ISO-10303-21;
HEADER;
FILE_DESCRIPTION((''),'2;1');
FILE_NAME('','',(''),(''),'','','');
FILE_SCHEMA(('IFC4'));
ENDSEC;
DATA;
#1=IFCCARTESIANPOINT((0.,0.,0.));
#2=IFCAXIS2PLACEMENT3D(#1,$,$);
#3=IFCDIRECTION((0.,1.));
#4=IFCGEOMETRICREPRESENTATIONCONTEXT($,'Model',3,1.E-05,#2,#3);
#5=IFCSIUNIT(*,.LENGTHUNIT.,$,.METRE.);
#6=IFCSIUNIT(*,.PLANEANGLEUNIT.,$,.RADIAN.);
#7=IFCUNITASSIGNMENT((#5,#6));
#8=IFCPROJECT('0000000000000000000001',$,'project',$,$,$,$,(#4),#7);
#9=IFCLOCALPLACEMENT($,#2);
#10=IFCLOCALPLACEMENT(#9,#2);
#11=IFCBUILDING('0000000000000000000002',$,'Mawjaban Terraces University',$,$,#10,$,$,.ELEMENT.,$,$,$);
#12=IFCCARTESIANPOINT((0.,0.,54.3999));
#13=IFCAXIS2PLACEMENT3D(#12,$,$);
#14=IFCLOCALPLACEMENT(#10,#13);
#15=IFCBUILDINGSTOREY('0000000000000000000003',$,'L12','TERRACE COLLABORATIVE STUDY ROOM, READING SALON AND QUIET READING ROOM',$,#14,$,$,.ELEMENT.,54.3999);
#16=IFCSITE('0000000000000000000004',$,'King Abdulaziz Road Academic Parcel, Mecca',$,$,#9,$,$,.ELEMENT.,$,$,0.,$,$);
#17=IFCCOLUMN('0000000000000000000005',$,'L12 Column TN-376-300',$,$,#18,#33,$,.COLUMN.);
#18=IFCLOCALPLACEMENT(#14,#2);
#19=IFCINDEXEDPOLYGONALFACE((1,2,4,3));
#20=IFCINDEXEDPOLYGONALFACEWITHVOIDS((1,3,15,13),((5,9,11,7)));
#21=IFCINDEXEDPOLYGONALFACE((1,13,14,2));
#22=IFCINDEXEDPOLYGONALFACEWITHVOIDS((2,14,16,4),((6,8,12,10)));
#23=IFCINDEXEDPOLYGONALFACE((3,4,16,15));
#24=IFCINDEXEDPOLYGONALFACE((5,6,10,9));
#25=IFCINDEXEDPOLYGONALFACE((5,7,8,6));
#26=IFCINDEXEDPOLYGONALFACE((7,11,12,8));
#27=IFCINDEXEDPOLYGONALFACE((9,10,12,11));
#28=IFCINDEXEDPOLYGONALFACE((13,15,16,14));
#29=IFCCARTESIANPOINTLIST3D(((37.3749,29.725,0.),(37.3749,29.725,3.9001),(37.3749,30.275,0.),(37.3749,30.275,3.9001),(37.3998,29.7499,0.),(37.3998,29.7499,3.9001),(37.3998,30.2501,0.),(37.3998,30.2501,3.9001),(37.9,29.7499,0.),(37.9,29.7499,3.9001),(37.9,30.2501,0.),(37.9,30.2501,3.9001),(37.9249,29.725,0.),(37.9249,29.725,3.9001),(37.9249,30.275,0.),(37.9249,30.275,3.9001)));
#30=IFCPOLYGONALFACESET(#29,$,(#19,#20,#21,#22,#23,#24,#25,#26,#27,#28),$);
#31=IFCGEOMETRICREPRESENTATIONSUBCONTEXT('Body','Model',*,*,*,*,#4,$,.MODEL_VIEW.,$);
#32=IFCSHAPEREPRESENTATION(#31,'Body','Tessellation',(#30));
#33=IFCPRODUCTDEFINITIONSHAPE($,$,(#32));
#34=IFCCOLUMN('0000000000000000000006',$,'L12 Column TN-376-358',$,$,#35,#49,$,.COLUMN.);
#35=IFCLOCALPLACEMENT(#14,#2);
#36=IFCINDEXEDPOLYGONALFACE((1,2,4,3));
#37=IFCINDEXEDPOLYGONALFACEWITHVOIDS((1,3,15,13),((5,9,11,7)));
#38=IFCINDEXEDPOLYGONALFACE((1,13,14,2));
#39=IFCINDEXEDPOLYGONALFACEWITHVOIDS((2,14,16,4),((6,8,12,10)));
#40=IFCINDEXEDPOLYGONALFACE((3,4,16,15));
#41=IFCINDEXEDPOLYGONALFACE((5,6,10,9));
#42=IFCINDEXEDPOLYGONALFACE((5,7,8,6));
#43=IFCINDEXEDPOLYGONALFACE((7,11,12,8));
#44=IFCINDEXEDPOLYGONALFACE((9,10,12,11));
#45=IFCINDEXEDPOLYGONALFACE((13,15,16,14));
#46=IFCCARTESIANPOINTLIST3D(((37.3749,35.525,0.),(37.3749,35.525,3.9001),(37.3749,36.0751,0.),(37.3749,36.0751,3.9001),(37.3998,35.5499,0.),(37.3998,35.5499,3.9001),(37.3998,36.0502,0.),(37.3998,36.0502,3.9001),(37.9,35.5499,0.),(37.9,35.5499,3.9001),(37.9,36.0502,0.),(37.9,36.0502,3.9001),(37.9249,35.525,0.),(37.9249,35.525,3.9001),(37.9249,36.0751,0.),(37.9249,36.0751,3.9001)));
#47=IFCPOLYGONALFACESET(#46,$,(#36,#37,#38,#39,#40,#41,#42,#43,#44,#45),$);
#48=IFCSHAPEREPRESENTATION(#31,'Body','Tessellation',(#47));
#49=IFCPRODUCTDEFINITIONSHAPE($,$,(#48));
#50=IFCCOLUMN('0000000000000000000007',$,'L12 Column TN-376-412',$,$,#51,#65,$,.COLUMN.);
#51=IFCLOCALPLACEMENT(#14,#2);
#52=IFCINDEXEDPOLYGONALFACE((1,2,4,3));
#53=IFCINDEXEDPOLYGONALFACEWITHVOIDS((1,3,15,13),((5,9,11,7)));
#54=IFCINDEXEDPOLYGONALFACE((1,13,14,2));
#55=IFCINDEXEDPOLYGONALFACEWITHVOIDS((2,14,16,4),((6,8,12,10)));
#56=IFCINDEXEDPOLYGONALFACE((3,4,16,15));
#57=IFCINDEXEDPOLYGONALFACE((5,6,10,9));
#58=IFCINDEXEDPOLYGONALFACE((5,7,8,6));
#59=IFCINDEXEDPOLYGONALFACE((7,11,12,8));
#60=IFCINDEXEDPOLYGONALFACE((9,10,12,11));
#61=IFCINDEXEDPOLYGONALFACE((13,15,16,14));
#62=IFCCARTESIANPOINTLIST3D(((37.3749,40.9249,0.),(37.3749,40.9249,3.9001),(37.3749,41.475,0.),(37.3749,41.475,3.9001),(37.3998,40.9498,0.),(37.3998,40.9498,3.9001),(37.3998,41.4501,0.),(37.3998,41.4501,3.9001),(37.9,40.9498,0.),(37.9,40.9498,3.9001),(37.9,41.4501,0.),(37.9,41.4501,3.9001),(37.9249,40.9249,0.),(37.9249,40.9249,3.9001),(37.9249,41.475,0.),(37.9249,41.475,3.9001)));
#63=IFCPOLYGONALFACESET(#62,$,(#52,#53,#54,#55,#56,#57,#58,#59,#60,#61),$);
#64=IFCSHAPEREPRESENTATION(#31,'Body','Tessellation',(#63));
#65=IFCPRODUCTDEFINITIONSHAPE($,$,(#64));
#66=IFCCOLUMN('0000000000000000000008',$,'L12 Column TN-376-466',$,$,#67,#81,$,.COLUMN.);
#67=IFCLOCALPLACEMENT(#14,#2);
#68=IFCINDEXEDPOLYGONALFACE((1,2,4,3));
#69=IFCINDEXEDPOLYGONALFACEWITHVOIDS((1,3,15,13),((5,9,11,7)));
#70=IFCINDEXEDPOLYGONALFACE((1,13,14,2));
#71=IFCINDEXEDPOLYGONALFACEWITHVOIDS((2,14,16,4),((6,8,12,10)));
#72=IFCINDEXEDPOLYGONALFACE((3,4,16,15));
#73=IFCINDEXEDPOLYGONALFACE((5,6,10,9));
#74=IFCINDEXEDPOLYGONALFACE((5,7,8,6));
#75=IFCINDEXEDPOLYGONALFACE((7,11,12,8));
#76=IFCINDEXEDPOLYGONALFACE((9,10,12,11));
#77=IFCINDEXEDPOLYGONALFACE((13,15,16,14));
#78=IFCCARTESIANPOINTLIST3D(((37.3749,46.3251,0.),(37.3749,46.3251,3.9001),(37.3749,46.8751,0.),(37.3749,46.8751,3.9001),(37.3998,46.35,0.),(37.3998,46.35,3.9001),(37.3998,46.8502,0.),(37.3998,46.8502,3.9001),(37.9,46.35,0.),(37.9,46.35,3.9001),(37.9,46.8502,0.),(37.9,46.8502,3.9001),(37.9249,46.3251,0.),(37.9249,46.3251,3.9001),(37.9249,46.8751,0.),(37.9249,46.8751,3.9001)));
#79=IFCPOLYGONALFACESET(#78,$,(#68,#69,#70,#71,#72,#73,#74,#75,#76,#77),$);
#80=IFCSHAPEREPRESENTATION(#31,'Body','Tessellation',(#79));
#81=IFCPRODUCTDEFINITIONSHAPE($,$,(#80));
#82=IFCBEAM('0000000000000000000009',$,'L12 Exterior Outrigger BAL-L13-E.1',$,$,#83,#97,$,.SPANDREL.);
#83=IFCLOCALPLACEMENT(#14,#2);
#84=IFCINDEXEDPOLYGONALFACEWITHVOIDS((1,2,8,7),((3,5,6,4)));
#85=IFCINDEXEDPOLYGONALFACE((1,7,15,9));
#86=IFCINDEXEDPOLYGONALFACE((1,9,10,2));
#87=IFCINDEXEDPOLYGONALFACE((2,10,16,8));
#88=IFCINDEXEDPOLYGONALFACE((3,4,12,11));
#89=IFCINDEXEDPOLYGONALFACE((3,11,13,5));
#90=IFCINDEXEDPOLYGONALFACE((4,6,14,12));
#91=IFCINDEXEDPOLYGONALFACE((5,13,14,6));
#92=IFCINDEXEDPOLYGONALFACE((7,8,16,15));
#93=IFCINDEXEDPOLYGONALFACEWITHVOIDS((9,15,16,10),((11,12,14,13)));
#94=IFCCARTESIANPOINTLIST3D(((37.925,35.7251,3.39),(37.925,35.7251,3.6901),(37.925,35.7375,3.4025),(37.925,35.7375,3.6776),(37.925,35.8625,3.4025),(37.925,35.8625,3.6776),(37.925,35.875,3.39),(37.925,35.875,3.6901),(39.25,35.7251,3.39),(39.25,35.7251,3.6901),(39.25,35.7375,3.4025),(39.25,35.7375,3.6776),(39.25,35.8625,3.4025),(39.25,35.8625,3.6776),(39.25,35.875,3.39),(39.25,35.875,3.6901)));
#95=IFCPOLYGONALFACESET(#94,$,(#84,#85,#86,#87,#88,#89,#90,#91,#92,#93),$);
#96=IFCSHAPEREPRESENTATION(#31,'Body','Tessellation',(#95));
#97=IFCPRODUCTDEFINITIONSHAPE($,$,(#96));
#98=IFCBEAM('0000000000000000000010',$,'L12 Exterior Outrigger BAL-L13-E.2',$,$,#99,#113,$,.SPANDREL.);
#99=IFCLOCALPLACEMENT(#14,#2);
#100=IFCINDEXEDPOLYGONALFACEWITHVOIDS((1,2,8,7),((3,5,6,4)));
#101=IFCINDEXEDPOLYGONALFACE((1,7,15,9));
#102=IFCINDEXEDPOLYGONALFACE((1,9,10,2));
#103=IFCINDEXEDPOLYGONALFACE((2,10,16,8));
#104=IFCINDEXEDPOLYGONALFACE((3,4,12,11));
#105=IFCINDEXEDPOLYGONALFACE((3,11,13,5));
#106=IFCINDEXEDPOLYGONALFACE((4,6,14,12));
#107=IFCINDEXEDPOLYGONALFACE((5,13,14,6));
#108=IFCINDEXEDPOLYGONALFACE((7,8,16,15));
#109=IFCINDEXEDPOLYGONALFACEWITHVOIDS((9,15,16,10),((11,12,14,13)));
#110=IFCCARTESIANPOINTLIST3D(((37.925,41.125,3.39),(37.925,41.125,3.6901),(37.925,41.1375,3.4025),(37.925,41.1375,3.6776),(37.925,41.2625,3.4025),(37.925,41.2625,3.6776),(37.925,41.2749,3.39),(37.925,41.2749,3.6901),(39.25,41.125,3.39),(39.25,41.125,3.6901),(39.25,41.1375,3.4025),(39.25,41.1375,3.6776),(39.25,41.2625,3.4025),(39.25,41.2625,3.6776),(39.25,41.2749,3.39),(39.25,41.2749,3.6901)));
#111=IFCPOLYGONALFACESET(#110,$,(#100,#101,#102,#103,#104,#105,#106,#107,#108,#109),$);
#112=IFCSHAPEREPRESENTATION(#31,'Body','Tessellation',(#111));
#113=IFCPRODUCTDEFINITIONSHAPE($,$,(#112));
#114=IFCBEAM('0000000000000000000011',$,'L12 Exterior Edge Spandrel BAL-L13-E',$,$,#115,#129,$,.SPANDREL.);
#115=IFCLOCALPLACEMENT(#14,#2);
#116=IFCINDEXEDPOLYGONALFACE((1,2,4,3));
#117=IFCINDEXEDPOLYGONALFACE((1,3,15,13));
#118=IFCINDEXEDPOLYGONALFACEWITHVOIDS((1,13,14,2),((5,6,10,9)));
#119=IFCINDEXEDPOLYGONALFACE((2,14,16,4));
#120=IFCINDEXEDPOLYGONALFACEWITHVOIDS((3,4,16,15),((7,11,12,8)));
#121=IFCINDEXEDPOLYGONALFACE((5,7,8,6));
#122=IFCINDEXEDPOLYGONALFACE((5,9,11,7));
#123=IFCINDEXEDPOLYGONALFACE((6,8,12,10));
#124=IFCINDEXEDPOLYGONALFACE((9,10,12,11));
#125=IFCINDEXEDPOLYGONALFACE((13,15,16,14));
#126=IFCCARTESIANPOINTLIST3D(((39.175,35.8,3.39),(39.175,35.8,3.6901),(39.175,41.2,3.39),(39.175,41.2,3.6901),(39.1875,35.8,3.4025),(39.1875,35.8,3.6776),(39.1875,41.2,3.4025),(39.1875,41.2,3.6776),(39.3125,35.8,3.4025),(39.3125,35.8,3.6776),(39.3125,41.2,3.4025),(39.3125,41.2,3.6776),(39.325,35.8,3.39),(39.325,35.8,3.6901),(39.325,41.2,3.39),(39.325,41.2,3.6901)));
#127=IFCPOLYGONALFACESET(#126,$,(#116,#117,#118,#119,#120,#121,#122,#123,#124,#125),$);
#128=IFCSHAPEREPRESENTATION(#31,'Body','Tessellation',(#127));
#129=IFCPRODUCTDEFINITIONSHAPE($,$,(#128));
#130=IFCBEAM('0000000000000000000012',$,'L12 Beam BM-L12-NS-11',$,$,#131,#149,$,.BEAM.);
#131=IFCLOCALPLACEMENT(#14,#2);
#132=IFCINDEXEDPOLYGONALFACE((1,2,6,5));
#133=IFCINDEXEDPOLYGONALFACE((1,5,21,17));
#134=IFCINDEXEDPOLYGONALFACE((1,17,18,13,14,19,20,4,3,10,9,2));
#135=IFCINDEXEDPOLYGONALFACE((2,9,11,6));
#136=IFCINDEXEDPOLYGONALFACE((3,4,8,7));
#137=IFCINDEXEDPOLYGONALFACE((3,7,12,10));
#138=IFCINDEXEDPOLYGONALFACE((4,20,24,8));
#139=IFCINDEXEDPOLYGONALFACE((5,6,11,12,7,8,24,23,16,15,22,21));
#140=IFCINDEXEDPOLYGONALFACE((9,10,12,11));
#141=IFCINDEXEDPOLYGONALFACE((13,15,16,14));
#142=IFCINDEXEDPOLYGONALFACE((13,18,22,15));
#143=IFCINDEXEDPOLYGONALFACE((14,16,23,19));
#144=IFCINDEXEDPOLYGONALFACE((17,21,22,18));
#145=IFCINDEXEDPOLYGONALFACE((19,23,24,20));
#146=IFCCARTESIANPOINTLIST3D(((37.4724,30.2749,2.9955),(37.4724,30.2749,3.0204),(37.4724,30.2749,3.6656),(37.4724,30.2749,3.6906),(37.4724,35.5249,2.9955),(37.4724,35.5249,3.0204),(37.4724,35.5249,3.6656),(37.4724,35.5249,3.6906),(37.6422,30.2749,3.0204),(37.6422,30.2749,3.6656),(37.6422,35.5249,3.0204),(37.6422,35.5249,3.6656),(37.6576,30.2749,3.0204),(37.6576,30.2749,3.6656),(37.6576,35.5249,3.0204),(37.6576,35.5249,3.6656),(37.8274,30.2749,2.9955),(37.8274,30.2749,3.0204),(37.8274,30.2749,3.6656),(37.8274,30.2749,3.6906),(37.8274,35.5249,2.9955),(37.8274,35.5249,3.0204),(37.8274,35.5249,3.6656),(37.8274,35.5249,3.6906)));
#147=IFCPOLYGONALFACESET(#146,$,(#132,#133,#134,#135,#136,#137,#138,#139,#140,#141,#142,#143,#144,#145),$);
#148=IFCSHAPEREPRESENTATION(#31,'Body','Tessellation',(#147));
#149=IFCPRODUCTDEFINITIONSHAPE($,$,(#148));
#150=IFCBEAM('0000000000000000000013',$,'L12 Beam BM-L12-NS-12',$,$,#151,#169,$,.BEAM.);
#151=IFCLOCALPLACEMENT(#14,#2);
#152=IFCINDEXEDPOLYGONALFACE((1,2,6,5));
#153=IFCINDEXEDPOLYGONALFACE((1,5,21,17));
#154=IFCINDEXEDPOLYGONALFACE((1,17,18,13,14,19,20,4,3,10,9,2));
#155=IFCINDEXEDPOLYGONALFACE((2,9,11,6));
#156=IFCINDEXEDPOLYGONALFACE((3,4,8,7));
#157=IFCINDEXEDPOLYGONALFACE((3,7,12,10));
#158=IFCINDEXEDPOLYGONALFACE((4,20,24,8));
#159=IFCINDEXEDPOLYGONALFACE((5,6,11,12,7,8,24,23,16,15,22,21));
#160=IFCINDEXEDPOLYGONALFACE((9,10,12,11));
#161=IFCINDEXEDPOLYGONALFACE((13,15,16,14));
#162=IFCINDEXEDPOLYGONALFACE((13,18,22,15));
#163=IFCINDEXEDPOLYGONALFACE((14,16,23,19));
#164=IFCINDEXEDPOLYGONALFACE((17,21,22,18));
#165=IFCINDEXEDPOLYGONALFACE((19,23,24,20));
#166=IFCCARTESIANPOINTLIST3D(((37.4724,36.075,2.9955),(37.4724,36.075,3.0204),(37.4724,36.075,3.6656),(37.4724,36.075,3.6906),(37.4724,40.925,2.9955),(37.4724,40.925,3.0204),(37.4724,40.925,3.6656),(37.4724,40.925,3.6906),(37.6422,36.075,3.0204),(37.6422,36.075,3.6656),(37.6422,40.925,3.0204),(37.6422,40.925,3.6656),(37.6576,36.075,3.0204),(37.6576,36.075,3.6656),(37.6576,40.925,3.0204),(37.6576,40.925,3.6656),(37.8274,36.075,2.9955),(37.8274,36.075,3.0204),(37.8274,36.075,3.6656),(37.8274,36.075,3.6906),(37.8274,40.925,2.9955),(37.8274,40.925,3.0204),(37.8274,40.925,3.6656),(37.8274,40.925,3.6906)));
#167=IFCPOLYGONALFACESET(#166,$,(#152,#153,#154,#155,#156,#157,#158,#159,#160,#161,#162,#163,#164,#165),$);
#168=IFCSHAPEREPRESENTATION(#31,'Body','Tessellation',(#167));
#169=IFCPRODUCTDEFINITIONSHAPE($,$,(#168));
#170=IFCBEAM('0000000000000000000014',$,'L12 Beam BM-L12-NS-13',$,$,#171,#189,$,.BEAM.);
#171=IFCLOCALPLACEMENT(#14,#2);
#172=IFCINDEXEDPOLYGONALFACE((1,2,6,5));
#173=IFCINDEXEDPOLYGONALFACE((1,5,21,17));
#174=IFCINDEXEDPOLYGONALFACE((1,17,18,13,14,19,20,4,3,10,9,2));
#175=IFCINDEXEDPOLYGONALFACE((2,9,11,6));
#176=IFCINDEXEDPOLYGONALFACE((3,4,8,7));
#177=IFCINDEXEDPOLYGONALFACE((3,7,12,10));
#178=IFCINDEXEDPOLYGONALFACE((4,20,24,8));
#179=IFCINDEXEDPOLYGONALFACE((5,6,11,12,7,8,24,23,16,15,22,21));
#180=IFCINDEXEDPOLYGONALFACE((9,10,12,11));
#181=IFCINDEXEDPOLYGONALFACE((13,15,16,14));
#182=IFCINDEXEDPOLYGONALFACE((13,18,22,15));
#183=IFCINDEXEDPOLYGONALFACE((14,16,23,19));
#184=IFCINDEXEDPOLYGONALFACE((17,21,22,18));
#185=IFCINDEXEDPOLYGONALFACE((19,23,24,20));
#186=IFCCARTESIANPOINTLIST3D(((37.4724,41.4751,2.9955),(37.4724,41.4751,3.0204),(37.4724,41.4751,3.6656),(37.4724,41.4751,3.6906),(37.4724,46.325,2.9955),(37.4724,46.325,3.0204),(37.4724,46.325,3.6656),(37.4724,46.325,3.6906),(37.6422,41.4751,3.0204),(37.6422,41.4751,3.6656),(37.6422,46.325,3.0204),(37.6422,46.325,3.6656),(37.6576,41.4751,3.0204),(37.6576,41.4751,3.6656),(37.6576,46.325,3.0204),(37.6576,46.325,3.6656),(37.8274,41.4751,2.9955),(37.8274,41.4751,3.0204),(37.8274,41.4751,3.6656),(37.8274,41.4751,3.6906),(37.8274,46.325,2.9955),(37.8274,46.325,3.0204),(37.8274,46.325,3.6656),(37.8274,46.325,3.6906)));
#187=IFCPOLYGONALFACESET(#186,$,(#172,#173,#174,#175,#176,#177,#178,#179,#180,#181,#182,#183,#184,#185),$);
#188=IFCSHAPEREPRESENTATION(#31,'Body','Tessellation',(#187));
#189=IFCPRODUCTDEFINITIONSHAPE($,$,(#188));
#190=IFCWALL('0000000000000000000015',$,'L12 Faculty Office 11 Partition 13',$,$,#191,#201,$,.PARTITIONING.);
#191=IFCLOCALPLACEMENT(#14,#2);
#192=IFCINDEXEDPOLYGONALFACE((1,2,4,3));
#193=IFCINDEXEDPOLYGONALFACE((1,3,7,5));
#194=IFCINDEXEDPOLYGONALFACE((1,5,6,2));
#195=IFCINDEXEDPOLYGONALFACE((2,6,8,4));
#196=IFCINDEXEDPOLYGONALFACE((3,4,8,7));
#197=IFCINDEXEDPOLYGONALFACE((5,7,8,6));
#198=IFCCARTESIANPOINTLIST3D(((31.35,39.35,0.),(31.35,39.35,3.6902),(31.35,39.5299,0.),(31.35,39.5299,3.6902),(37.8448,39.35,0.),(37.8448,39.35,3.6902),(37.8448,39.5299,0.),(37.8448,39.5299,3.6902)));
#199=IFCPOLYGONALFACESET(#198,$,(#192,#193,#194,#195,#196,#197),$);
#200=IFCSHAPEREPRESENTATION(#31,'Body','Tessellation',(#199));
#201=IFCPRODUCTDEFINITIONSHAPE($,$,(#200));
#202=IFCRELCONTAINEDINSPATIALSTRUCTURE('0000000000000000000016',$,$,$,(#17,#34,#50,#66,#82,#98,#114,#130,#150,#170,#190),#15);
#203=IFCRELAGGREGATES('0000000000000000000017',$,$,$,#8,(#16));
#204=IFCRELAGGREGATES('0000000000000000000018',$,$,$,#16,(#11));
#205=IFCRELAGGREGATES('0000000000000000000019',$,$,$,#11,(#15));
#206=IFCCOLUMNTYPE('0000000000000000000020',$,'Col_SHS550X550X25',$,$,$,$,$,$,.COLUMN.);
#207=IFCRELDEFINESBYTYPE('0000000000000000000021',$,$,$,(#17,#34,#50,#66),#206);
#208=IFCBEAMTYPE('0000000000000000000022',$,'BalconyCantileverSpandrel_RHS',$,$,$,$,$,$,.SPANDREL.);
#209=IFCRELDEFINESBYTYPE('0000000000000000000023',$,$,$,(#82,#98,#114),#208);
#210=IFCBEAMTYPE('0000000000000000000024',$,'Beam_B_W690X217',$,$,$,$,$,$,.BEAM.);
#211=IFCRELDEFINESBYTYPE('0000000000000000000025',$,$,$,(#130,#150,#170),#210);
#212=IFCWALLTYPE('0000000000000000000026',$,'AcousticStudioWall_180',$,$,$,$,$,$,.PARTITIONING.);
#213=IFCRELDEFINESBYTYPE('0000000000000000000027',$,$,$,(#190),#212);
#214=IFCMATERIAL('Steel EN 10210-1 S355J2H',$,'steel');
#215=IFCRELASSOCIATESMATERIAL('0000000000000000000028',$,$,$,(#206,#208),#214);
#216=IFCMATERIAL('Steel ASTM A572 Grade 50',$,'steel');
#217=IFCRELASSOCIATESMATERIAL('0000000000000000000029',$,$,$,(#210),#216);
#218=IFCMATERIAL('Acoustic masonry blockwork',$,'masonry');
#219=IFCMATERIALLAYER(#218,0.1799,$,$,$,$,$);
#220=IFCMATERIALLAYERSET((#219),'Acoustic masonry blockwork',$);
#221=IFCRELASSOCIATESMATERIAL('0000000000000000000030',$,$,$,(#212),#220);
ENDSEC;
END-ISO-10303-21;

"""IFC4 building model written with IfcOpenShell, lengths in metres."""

from ifc_helpers import new_model, si_unit, direction, frame, frame_2d, origin, origin_2d, place, context, subcontext, project, spatial, rectangle, hollow_rectangle, i_section, extrude, material, layer, layer_set, material_profile, profile_set, type_object, element, save


model = new_model("IFC4")

# Units and contexts
model_context = context("Model", 3, precision=1e-05, world=origin(), true_north=direction((0.0, 1.0)))
body_context = subcontext(model_context, "Body", "Model", "MODEL_VIEW")
ifc_project = project(units=[si_unit("LENGTHUNIT", "METRE"), si_unit("PLANEANGLEUNIT", "RADIAN")], contexts=[model_context])

# Site, building, storey
site_placement = place(None, origin())
site = spatial("IfcSite", under=ifc_project, at=site_placement, Name="King Abdulaziz Road Academic Parcel, Mecca", CompositionType="ELEMENT", RefElevation=0.0)
building_placement = place(site_placement, origin())
building = spatial("IfcBuilding", under=site, at=building_placement, Name="Mawjaban Terraces University", CompositionType="ELEMENT")
storey_placement = place(building_placement, frame((0.0, 0.0, 54.3999)))
storey = spatial("IfcBuildingStorey", under=building, at=storey_placement, Name="L12", Description="TERRACE COLLABORATIVE STUDY ROOM, READING SALON AND QUIET READING ROOM", CompositionType="ELEMENT", Elevation=54.3999)

# Columns
ifc_material_1 = material(Name="Steel EN 10210-1 S355J2H", Category="steel")
ifc_material_profile_1 = material_profile(ifc_material_1, hollow_rectangle(XDim=0.55, YDim=0.55, WallThickness=0.0249, at=origin_2d()), Name="SHS550X550X25")
ifc_profile_set_1 = profile_set([ifc_material_profile_1], Name="Steel EN 10210-1 S355J2H")
column_type = type_object("IfcColumnType", Name="Col_SHS550X550X25", PredefinedType="COLUMN", material=ifc_profile_set_1)
for number, where, z_axis, x_axis, name in (
    (1, (37.6499, 30.0, 0.0), (0.0, 0.0, 1.0), (1.0, 0.0, 0.0), "L12 Column TN-376-300"),
    (2, (37.6499, 35.8, 0.0), (0.0, 0.0, 1.0), (1.0, 0.0, 0.0), "L12 Column TN-376-358"),
    (3, (37.6499, 41.2, 0.0), (0.0, 0.0, 1.0), (1.0, 0.0, 0.0), "L12 Column TN-376-412"),
    (4, (37.6499, 46.6001, 0.0), (0.0, 0.0, 1.0), (1.0, 0.0, 0.0), "L12 Column TN-376-466"),
):
    element("IfcColumn", number, at=place(storey_placement, frame(where, z_axis=z_axis, x_axis=x_axis)), inside=storey, type_object=column_type, Name=name, PredefinedType="COLUMN", context=body_context, shape_type="SweptSolid", body=[
        extrude(hollow_rectangle(XDim=0.55, YDim=0.55, WallThickness=0.0249, at=origin_2d()), origin(), (0.0, 0.0, 1.0), 3.9001),
    ])

# Beams
ifc_material_profile_2 = material_profile(ifc_material_1, hollow_rectangle(XDim=0.1499, YDim=0.3, WallThickness=0.0125, at=origin_2d()), Name="RHS300X150X12.5")
ifc_profile_set_2 = profile_set([ifc_material_profile_2], Name="Steel EN 10210-1 S355J2H")
beam_type_1 = type_object("IfcBeamType", Name="BalconyCantileverSpandrel_RHS", PredefinedType="SPANDREL", material=ifc_profile_set_2)
for number, where, z_axis, x_axis, name in (
    (5, (37.925, 35.8, 3.54), (1.0, 0.0, 0.0), (0.0, 1.0, 0.0), "L12 Exterior Outrigger BAL-L13-E.1"),
    (6, (37.925, 41.2, 3.54), (1.0, 0.0, 0.0), (0.0, 1.0, 0.0), "L12 Exterior Outrigger BAL-L13-E.2"),
):
    element("IfcBeam", number, at=place(storey_placement, frame(where, z_axis=z_axis, x_axis=x_axis)), inside=storey, type_object=beam_type_1, Name=name, PredefinedType="SPANDREL", context=body_context, shape_type="SweptSolid", body=[
        extrude(hollow_rectangle(XDim=0.1499, YDim=0.3, WallThickness=0.0125, at=origin_2d()), origin(), (0.0, 0.0, 1.0), 1.325),
    ])
beam_1_placement = place(storey_placement, frame((39.25, 35.8, 3.54), z_axis=(0.0, 1.0, 0.0), x_axis=(-1.0, 0.0, 0.0)))
element("IfcBeam", 7, at=beam_1_placement, inside=storey, type_object=beam_type_1, Name="L12 Exterior Edge Spandrel BAL-L13-E", PredefinedType="SPANDREL", context=body_context, shape_type="SweptSolid", body=[
    extrude(hollow_rectangle(XDim=0.1499, YDim=0.3, WallThickness=0.0125, at=origin_2d()), origin(), (0.0, 0.0, 1.0), 5.3999),
])
ifc_material_2 = material(Name="Steel ASTM A572 Grade 50", Category="steel")
ifc_material_profile_3 = material_profile(ifc_material_2, i_section(OverallWidth=0.355, OverallDepth=0.6951, WebThickness=0.0154, FlangeThickness=0.0249, at=origin_2d()), Name="W690X217")
ifc_profile_set_3 = profile_set([ifc_material_profile_3], Name="Steel ASTM A572 Grade 50")
beam_type_2 = type_object("IfcBeamType", Name="Beam_B_W690X217", PredefinedType="BEAM", material=ifc_profile_set_3)
beam_2_placement = place(storey_placement, frame((37.6499, 30.2749, 3.343), z_axis=(0.0, 1.0, 0.0), x_axis=(-1.0, 0.0, 0.0)))
element("IfcBeam", 8, at=beam_2_placement, inside=storey, type_object=beam_type_2, Name="L12 Beam BM-L12-NS-11", PredefinedType="BEAM", context=body_context, shape_type="SweptSolid", body=[
    extrude(i_section(OverallWidth=0.355, OverallDepth=0.6951, WebThickness=0.0154, FlangeThickness=0.0249, at=origin_2d()), origin(), (0.0, 0.0, 1.0), 5.25),
])
beam_3_placement = place(storey_placement, frame((37.6499, 36.075, 3.343), z_axis=(0.0, 1.0, 0.0), x_axis=(-1.0, 0.0, 0.0)))
element("IfcBeam", 9, at=beam_3_placement, inside=storey, type_object=beam_type_2, Name="L12 Beam BM-L12-NS-12", PredefinedType="BEAM", context=body_context, shape_type="SweptSolid", body=[
    extrude(i_section(OverallWidth=0.355, OverallDepth=0.6951, WebThickness=0.0154, FlangeThickness=0.0249, at=origin_2d()), origin(), (0.0, 0.0, 1.0), 4.8501),
])
beam_4_placement = place(storey_placement, frame((37.6499, 41.4751, 3.343), z_axis=(0.0, 1.0, 0.0), x_axis=(-1.0, 0.0, 0.0)))
element("IfcBeam", 10, at=beam_4_placement, inside=storey, type_object=beam_type_2, Name="L12 Beam BM-L12-NS-13", PredefinedType="BEAM", context=body_context, shape_type="SweptSolid", body=[
    extrude(i_section(OverallWidth=0.355, OverallDepth=0.6951, WebThickness=0.0154, FlangeThickness=0.0249, at=origin_2d()), origin(), (0.0, 0.0, 1.0), 4.8499),
])

# Wall
ifc_material_3 = material(Name="Acoustic masonry blockwork", Category="masonry")
ifc_layer_1 = layer(ifc_material_3, 0.1799)
ifc_layer_set_1 = layer_set([ifc_layer_1], Name="Acoustic masonry blockwork")
wall_type_1 = type_object("IfcWallType", Name="AcousticStudioWall_180", PredefinedType="PARTITIONING", material=ifc_layer_set_1)
wall_1_placement = place(storey_placement, frame((37.845, 39.4399, 0.0), z_axis=(0.0, 0.0, 1.0), x_axis=(-1.0, 0.0, 0.0)))
element("IfcWall", 11, at=wall_1_placement, inside=storey, type_object=wall_type_1, Name="L12 Faculty Office 11 Partition 13", PredefinedType="PARTITIONING", context=body_context, shape_type="SweptSolid", body=[
    extrude(rectangle(XDim=6.4949, YDim=0.1799, at=frame_2d((3.2476, 0.0))), origin(), (0.0, 0.0, 1.0), 3.6902),
])

save(model, "model.ifc")
